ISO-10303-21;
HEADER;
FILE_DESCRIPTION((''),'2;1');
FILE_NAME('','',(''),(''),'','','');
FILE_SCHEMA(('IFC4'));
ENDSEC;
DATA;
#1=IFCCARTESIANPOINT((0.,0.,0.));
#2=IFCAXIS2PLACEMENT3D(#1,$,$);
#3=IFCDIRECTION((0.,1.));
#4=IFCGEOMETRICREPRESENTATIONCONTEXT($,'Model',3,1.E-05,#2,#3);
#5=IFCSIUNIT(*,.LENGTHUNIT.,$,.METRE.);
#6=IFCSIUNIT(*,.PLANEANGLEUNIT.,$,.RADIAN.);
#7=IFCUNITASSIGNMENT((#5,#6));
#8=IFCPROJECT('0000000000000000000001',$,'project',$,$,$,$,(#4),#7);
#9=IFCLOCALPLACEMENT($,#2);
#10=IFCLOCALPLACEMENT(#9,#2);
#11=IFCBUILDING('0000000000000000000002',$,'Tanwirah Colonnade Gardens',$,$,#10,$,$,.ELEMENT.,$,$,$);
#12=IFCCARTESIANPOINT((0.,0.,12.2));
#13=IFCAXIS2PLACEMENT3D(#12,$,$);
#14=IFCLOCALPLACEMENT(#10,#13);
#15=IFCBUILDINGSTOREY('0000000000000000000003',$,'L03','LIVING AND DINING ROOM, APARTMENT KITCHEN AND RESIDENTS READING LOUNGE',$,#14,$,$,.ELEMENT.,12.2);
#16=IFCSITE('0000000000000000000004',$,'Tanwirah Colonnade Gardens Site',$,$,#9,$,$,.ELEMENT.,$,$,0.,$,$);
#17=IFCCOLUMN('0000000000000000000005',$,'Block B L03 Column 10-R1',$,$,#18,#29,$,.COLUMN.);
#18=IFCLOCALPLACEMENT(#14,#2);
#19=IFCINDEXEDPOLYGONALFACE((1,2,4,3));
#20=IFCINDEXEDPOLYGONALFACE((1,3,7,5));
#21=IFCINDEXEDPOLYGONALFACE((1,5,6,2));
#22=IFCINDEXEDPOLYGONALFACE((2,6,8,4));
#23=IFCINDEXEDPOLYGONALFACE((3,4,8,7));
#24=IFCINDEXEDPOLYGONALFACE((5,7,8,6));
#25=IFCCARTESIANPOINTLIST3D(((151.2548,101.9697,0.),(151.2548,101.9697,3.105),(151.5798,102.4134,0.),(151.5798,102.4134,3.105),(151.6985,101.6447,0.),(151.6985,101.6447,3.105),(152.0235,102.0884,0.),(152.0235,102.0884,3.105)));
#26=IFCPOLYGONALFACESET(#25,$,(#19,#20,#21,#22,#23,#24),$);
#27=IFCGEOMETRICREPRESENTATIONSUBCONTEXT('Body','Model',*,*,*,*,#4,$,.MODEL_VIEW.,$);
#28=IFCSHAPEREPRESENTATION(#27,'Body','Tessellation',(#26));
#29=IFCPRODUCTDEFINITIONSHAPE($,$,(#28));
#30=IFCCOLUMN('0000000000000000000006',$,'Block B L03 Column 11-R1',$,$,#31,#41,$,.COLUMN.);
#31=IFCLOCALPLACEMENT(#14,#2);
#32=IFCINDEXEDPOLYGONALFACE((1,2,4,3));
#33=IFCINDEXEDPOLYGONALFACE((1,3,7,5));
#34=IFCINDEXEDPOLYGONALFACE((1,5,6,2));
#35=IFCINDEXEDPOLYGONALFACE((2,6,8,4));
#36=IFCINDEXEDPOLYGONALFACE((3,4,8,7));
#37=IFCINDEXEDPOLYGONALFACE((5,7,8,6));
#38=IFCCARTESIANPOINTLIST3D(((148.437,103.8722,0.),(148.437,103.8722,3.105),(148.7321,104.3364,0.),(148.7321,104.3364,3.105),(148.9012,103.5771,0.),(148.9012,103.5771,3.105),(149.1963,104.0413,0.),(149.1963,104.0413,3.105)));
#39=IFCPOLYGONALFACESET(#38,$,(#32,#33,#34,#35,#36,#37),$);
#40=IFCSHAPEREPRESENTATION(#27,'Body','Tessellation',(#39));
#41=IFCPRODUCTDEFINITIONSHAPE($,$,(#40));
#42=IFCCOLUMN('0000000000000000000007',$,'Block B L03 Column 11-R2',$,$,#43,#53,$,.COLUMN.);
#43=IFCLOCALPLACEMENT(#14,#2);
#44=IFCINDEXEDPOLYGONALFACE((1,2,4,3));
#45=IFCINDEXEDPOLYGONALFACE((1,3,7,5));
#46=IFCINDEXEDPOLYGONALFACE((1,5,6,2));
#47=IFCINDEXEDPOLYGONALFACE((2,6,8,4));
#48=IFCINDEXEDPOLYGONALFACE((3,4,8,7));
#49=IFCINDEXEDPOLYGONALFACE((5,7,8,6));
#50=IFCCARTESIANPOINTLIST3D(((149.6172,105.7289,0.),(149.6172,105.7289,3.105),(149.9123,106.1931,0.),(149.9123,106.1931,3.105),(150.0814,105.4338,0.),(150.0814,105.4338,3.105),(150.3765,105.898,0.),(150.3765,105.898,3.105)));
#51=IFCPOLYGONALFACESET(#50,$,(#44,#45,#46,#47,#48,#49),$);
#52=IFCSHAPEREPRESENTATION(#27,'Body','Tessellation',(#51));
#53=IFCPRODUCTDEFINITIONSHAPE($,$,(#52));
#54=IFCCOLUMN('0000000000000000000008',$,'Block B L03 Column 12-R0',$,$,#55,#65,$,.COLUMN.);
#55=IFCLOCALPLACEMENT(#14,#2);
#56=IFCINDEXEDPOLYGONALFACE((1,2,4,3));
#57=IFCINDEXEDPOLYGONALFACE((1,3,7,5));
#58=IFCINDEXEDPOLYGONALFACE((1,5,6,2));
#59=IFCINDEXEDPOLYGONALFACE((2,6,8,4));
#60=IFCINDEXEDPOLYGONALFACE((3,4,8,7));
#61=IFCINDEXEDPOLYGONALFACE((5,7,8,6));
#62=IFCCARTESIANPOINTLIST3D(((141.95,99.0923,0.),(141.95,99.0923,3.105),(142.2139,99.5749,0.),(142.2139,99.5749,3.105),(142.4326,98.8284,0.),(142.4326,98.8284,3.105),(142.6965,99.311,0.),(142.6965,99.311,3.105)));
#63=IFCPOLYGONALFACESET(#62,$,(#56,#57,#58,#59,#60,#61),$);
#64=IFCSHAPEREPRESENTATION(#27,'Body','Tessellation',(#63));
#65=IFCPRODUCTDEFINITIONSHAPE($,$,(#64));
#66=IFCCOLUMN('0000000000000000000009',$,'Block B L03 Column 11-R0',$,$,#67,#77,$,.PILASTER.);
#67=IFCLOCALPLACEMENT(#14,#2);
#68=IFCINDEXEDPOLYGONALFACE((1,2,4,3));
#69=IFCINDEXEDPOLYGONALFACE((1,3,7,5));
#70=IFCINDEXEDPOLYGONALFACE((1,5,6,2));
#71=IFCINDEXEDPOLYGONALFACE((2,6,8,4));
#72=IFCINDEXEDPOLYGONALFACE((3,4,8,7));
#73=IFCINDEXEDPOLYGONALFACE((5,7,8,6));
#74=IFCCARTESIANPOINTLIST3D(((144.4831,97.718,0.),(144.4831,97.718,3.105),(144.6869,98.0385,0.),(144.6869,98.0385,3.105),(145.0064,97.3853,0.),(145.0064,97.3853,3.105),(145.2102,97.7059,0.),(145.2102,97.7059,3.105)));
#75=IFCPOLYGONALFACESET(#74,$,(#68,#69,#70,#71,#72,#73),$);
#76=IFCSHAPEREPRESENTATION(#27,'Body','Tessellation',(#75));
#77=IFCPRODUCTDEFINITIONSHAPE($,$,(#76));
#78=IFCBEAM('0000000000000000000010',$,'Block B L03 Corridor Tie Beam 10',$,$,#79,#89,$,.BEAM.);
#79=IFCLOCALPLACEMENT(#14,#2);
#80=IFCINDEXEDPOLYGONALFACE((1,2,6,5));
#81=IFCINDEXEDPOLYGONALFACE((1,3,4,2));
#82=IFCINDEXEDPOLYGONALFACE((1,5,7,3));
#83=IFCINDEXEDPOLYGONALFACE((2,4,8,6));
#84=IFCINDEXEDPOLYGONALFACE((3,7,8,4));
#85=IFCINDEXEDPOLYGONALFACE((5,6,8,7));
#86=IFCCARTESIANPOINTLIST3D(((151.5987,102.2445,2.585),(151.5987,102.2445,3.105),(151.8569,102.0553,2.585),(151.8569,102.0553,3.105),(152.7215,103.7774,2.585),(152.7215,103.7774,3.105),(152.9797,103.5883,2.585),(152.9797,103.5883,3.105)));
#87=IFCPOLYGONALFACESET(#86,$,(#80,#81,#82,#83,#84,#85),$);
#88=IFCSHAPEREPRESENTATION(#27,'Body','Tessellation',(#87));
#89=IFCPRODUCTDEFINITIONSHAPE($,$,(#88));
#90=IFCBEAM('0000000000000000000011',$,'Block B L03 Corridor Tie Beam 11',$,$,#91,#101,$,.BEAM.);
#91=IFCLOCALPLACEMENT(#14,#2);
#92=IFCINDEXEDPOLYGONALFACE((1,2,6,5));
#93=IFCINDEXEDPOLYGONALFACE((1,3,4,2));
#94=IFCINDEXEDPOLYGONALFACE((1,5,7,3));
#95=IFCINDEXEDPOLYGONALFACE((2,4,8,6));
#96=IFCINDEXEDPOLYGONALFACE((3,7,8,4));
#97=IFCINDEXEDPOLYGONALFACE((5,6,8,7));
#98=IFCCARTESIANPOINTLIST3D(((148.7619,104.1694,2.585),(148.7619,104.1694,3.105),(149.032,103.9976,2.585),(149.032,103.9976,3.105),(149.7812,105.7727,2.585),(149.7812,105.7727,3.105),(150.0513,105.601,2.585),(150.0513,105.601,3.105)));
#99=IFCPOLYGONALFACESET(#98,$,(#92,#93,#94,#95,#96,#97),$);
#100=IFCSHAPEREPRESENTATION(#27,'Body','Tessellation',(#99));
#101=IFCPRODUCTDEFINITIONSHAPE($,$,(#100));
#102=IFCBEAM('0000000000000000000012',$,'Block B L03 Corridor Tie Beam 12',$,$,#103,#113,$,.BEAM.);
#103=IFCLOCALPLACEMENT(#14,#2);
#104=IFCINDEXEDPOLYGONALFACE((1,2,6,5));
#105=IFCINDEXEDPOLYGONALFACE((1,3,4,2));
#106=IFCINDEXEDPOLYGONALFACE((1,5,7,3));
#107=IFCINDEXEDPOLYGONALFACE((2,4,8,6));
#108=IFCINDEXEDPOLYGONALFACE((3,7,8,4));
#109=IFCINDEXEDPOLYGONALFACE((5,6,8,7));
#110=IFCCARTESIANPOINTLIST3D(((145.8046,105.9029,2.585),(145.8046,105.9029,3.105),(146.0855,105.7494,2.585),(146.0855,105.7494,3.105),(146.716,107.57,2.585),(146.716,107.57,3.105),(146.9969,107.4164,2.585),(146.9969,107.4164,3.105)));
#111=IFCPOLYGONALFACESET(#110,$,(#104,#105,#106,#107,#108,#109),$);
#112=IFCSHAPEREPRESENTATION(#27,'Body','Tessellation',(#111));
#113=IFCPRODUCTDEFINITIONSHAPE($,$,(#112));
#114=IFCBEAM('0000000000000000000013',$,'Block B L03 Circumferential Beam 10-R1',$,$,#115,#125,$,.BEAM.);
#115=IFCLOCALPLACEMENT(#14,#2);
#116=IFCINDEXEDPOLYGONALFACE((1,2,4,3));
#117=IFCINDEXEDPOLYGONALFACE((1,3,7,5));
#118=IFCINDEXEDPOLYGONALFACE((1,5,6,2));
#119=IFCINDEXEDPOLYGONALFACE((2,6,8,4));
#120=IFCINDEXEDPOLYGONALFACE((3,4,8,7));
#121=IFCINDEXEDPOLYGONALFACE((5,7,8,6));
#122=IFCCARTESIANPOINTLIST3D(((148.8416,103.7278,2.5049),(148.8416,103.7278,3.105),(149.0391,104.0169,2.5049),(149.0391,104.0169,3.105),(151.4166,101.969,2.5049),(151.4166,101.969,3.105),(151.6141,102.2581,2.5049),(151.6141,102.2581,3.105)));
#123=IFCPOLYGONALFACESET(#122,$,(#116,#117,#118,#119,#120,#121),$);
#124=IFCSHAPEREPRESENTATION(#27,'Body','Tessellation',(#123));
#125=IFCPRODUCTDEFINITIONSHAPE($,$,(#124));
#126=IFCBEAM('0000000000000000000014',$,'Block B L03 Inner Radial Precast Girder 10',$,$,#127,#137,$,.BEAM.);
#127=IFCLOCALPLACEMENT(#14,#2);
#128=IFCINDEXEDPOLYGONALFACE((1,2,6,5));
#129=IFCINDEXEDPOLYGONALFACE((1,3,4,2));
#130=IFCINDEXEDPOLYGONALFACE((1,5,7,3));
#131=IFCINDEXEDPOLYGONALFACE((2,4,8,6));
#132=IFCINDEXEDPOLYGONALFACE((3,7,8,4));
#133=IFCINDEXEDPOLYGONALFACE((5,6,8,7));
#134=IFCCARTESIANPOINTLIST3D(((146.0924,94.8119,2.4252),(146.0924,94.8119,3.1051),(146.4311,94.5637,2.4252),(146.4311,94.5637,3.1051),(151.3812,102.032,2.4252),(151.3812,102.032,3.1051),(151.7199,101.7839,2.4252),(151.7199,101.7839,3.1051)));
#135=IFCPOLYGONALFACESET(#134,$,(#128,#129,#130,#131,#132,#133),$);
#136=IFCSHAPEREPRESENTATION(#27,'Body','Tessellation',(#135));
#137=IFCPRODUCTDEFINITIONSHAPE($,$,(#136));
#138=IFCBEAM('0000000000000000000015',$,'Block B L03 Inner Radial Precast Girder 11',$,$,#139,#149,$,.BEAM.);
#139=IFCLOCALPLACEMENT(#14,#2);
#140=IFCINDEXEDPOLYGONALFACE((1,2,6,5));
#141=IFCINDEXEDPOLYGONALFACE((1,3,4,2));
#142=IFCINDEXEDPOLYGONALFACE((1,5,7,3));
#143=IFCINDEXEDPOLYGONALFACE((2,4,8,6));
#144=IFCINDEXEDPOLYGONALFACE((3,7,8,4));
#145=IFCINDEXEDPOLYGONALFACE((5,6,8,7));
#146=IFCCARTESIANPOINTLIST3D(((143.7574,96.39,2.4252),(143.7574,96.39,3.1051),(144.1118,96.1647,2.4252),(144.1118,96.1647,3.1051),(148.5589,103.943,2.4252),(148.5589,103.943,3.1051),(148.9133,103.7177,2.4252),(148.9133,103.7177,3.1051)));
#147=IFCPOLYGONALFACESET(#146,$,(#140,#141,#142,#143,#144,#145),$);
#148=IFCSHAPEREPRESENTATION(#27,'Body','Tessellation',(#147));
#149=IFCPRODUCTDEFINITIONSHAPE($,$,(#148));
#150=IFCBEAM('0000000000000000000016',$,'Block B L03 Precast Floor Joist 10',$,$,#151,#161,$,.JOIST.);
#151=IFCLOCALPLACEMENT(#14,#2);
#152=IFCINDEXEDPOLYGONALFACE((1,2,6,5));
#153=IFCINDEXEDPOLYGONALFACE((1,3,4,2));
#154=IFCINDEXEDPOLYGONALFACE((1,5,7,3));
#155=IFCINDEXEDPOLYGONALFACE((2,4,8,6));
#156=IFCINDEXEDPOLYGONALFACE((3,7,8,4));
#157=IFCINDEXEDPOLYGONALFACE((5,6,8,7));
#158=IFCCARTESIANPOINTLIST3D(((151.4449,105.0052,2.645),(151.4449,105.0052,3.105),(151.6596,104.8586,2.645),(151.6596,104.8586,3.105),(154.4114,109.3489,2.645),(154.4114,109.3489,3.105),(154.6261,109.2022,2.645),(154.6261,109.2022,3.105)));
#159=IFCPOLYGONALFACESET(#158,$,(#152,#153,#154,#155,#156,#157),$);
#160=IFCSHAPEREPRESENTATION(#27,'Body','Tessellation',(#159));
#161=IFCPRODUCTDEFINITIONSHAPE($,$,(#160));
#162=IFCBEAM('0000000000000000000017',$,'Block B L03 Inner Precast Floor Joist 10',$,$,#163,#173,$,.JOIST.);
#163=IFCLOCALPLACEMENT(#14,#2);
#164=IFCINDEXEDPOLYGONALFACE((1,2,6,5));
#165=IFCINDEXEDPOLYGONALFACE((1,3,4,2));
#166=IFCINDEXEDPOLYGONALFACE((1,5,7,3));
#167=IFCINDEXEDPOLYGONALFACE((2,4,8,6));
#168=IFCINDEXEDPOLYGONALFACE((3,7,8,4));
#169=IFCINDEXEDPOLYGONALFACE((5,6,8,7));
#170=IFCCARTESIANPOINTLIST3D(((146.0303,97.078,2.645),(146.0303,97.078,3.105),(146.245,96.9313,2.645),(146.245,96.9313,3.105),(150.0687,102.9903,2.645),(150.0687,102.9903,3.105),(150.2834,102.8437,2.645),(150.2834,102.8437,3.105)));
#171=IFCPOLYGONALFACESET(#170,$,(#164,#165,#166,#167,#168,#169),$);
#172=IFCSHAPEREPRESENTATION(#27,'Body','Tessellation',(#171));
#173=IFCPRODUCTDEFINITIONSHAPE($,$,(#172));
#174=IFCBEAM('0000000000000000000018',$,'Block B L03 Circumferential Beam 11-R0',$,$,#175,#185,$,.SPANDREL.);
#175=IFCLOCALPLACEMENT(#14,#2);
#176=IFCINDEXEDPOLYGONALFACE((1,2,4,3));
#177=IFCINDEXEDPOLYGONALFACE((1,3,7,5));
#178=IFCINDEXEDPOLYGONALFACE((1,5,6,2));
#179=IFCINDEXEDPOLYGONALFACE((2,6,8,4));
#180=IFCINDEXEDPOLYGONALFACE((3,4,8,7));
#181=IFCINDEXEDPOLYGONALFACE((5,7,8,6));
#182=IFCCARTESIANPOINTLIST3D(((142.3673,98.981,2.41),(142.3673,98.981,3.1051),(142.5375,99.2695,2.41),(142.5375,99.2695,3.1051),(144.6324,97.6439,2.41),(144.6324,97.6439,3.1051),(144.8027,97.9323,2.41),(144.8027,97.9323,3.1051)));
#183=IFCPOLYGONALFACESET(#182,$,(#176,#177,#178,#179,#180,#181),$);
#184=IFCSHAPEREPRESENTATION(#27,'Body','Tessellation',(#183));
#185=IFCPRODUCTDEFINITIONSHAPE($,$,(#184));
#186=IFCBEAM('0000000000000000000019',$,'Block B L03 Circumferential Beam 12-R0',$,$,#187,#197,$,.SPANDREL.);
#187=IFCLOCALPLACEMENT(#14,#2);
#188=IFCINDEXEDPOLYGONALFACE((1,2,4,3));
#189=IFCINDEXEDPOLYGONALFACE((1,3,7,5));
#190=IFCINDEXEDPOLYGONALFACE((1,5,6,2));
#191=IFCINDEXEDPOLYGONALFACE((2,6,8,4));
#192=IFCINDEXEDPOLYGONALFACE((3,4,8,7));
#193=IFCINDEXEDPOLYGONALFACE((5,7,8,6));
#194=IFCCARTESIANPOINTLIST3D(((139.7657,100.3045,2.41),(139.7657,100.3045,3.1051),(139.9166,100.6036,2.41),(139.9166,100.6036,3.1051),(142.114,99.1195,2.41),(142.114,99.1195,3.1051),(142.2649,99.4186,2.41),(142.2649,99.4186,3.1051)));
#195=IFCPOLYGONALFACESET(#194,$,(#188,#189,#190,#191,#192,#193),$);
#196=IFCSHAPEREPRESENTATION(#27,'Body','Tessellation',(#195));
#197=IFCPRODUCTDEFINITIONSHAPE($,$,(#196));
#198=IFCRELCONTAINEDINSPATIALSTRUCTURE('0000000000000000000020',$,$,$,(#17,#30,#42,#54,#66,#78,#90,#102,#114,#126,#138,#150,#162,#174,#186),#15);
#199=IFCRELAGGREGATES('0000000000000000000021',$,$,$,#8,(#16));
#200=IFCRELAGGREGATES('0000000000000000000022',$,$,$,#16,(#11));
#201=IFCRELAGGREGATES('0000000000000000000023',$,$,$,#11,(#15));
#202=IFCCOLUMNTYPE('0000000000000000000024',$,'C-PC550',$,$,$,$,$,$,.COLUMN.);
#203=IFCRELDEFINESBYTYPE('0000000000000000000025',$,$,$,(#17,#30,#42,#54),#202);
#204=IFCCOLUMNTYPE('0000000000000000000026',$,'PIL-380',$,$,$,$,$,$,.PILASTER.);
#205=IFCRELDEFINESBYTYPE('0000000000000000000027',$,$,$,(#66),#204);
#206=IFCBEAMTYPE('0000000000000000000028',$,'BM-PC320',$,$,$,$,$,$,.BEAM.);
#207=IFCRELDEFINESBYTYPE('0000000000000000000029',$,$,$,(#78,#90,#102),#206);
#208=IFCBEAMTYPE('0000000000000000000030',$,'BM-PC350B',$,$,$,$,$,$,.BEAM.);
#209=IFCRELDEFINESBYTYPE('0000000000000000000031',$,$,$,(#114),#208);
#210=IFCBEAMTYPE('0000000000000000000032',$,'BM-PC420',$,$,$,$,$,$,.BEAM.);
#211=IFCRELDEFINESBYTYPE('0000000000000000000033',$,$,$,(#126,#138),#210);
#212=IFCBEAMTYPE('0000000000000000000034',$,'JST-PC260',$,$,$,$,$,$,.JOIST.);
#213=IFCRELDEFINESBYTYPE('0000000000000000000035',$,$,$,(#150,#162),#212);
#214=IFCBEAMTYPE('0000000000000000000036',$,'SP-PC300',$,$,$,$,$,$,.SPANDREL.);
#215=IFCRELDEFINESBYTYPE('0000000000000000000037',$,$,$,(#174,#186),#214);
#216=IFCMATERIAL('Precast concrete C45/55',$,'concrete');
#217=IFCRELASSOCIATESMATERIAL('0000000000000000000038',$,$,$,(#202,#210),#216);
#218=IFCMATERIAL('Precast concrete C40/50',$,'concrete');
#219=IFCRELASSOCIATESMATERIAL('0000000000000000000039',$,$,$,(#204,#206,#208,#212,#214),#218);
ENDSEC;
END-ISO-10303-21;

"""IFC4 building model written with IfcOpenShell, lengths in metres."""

from ifc_helpers import new_model, si_unit, direction, frame, origin, origin_2d, place, context, subcontext, project, spatial, rectangle, extrude, material, material_profile, profile_set, type_object, element, save


model = new_model("IFC4")

# Units and contexts
model_context = context("Model", 3, precision=1e-05, world=origin(), true_north=direction((0.0, 1.0)))
body_context = subcontext(model_context, "Body", "Model", "MODEL_VIEW")
ifc_project = project(units=[si_unit("LENGTHUNIT", "METRE"), si_unit("PLANEANGLEUNIT", "RADIAN")], contexts=[model_context])

# Site, building, storey
site_placement = place(None, origin())
site = spatial("IfcSite", under=ifc_project, at=site_placement, Name="Tanwirah Colonnade Gardens Site", CompositionType="ELEMENT", RefElevation=0.0)
building_placement = place(site_placement, origin())
building = spatial("IfcBuilding", under=site, at=building_placement, Name="Tanwirah Colonnade Gardens", CompositionType="ELEMENT")
storey_placement = place(building_placement, frame((0.0, 0.0, 12.2)))
storey = spatial("IfcBuildingStorey", under=building, at=storey_placement, Name="L03", Description="LIVING AND DINING ROOM, APARTMENT KITCHEN AND RESIDENTS READING LOUNGE", CompositionType="ELEMENT", Elevation=12.2)

# Columns
ifc_material_1 = material(Name="Precast concrete C45/55", Category="concrete")
ifc_material_profile_1 = material_profile(ifc_material_1, rectangle(XDim=0.55, YDim=0.55, at=origin_2d()), Name="PC-COL 550x550")
ifc_profile_set_1 = profile_set([ifc_material_profile_1], Name="Precast concrete C45/55")
column_type_1 = type_object("IfcColumnType", Name="C-PC550", PredefinedType="COLUMN", material=ifc_profile_set_1)
for number, where, z_axis, x_axis, name in (
    (1, (151.6392, 102.0291, 0.0), (0.0, 0.0, 1.0), (0.590919, 0.806731, 0.0), "Block B L03 Column 10-R1"),
    (2, (148.8167, 103.9568, 0.0), (0.0, 0.0, 1.0), (0.536482, 0.843912, 0.0), "Block B L03 Column 11-R1"),
    (3, (149.9968, 105.8135, 0.0), (0.0, 0.0, 1.0), (0.536482, 0.843912, 0.0), "Block B L03 Column 11-R2"),
    (4, (142.3232, 99.2017, 0.0), (0.0, 0.0, 1.0), (0.479713, 0.877425, 0.0), "Block B L03 Column 12-R0"),
):
    element("IfcColumn", number, at=place(storey_placement, frame(where, z_axis=z_axis, x_axis=x_axis)), inside=storey, type_object=column_type_1, Name=name, PredefinedType="COLUMN", context=body_context, shape_type="SweptSolid", body=[
        extrude(rectangle(XDim=0.55, YDim=0.55, at=origin_2d()), origin(), (0.0, 0.0, 1.0), 3.105),
    ])
ifc_material_2 = material(Name="Precast concrete C40/50", Category="concrete")
ifc_material_profile_2 = material_profile(ifc_material_2, rectangle(XDim=0.3799, YDim=0.6201, at=origin_2d()), Name="PC-PIL 380x620")
ifc_profile_set_2 = profile_set([ifc_material_profile_2], Name="Precast concrete C40/50")
column_type_2 = type_object("IfcColumnType", Name="PIL-380", PredefinedType="PILASTER", material=ifc_profile_set_2)
column_placement = place(storey_placement, frame((144.8467, 97.7119, 0.0), z_axis=(0.0, 0.0, 1.0), x_axis=(0.536482, 0.843912, 0.0)))
element("IfcColumn", 5, at=column_placement, inside=storey, type_object=column_type_2, Name="Block B L03 Column 11-R0", PredefinedType="PILASTER", context=body_context, shape_type="SweptSolid", body=[
    extrude(rectangle(XDim=0.3799, YDim=0.6201, at=origin_2d()), origin(), (0.0, 0.0, 1.0), 3.105),
])

# Beams
ifc_material_profile_3 = material_profile(ifc_material_2, rectangle(XDim=0.3201, YDim=0.52, at=origin_2d()), Name="PC-BM 320x520")
ifc_profile_set_3 = profile_set([ifc_material_profile_3], Name="Precast concrete C40/50")
beam_type_1 = type_object("IfcBeamType", Name="BM-PC320", PredefinedType="BEAM", material=ifc_profile_set_3)
beam_1_placement = place(storey_placement, frame((151.7278, 102.1499, 2.845), z_axis=(0.590896, 0.806748, 0.0), x_axis=(-0.806748, 0.590896, 0.0)))
element("IfcBeam", 6, at=beam_1_placement, inside=storey, type_object=beam_type_1, Name="Block B L03 Corridor Tie Beam 10", PredefinedType="BEAM", context=body_context, shape_type="SweptSolid", body=[
    extrude(rectangle(XDim=0.3201, YDim=0.52, at=origin_2d()), origin(), (0.0, 0.0, 1.0), 1.9001),
])
for number, where, z_axis, x_axis, name in (
    (7, (148.897, 104.0835, 2.845), (0.53651, 0.843894, 0.0), (-0.843894, 0.53651, 0.0), "Block B L03 Corridor Tie Beam 11"),
    (8, (145.9451, 105.8262, 2.845), (0.479707, 0.877429, 0.0), (-0.877429, 0.479707, 0.0), "Block B L03 Corridor Tie Beam 12"),
):
    element("IfcBeam", number, at=place(storey_placement, frame(where, z_axis=z_axis, x_axis=x_axis)), inside=storey, type_object=beam_type_1, Name=name, PredefinedType="BEAM", context=body_context, shape_type="SweptSolid", body=[
        extrude(rectangle(XDim=0.3201, YDim=0.52, at=origin_2d()), origin(), (0.0, 0.0, 1.0), 1.8999),
    ])
ifc_material_profile_4 = material_profile(ifc_material_2, rectangle(XDim=0.3501, YDim=0.6001, at=origin_2d()), Name="PC-BM 350x600")
ifc_profile_set_4 = profile_set([ifc_material_profile_4], Name="Precast concrete C40/50")
beam_type_2 = type_object("IfcBeamType", Name="BM-PC350B", PredefinedType="BEAM", material=ifc_profile_set_4)
beam_2_placement = place(storey_placement, frame((151.5154, 102.1135, 2.8049), z_axis=(-0.825758, 0.564024, 0.0), x_axis=(-0.564024, -0.825758, 0.0)))
element("IfcBeam", 9, at=beam_2_placement, inside=storey, type_object=beam_type_2, Name="Block B L03 Circumferential Beam 10-R1", PredefinedType="BEAM", context=body_context, shape_type="SweptSolid", body=[
    extrude(rectangle(XDim=0.3501, YDim=0.6001, at=origin_2d()), origin(), (0.0, 0.0, 1.0), 3.1184),
])
ifc_material_profile_5 = material_profile(ifc_material_1, rectangle(XDim=0.4199, YDim=0.6799, at=origin_2d()), Name="PC-BM 420x680")
ifc_profile_set_5 = profile_set([ifc_material_profile_5], Name="Precast concrete C45/55")
beam_type_3 = type_object("IfcBeamType", Name="BM-PC420", PredefinedType="BEAM", material=ifc_profile_set_5)
for number, where, z_axis, x_axis, name in (
    (10, (151.5505, 101.908, 2.7651), (-0.590927, -0.806725, 0.0), (0.806725, -0.590927, 0.0), "Block B L03 Inner Radial Precast Girder 10"),
    (11, (148.7361, 103.8303, 2.7651), (-0.536484, -0.843911, 0.0), (0.843911, -0.536484, 0.0), "Block B L03 Inner Radial Precast Girder 11"),
):
    element("IfcBeam", number, at=place(storey_placement, frame(where, z_axis=z_axis, x_axis=x_axis)), inside=storey, type_object=beam_type_3, Name=name, PredefinedType="BEAM", context=body_context, shape_type="SweptSolid", body=[
        extrude(rectangle(XDim=0.4199, YDim=0.6799, at=origin_2d()), origin(), (0.0, 0.0, 1.0), 8.95),
    ])
ifc_material_profile_6 = material_profile(ifc_material_2, rectangle(XDim=0.26, YDim=0.46, at=origin_2d()), Name="PC-JST 260x460")
ifc_profile_set_6 = profile_set([ifc_material_profile_6], Name="Precast concrete C40/50")
beam_type_4 = type_object("IfcBeamType", Name="JST-PC260", PredefinedType="JOIST", material=ifc_profile_set_6)
beam_3_placement = place(storey_placement, frame((151.5522, 104.9319, 2.875), z_axis=(0.563973, 0.825793, 0.0), x_axis=(-0.825793, 0.563973, 0.0)))
element("IfcBeam", 12, at=beam_3_placement, inside=storey, type_object=beam_type_4, Name="Block B L03 Precast Floor Joist 10", PredefinedType="JOIST", context=body_context, shape_type="SweptSolid", body=[
    extrude(rectangle(XDim=0.26, YDim=0.46, at=origin_2d()), origin(), (0.0, 0.0, 1.0), 5.26),
])
beam_4_placement = place(storey_placement, frame((146.1377, 97.0046, 2.875), z_axis=(0.564021, 0.82576, 0.0), x_axis=(-0.82576, 0.564021, 0.0)))
element("IfcBeam", 13, at=beam_4_placement, inside=storey, type_object=beam_type_4, Name="Block B L03 Inner Precast Floor Joist 10", PredefinedType="JOIST", context=body_context, shape_type="SweptSolid", body=[
    extrude(rectangle(XDim=0.26, YDim=0.46, at=origin_2d()), origin(), (0.0, 0.0, 1.0), 7.1599),
])
ifc_material_profile_7 = material_profile(ifc_material_2, rectangle(XDim=0.335, YDim=0.6951, at=origin_2d()), Name="PC-SP 335x695")
ifc_profile_set_7 = profile_set([ifc_material_profile_7], Name="Precast concrete C40/50")
beam_type_5 = type_object("IfcBeamType", Name="SP-PC300", PredefinedType="SPANDREL", material=ifc_profile_set_7)
for number, where, z_axis, x_axis, name in (
    (14, (144.7175, 97.7881, 2.7576), (-0.861148, 0.508354, 0.0), (-0.508354, -0.861148, 0.0), "Block B L03 Circumferential Beam 11-R0"),
    (15, (142.1895, 99.269, 2.7576), (-0.892769, 0.450515, 0.0), (-0.450515, -0.892769, 0.0), "Block B L03 Circumferential Beam 12-R0"),
):
    element("IfcBeam", number, at=place(storey_placement, frame(where, z_axis=z_axis, x_axis=x_axis)), inside=storey, type_object=beam_type_5, Name=name, PredefinedType="SPANDREL", context=body_context, shape_type="SweptSolid", body=[
        extrude(rectangle(XDim=0.335, YDim=0.6951, at=origin_2d()), origin(), (0.0, 0.0, 1.0), 2.6304),
    ])

save(model, "model.ifc")
